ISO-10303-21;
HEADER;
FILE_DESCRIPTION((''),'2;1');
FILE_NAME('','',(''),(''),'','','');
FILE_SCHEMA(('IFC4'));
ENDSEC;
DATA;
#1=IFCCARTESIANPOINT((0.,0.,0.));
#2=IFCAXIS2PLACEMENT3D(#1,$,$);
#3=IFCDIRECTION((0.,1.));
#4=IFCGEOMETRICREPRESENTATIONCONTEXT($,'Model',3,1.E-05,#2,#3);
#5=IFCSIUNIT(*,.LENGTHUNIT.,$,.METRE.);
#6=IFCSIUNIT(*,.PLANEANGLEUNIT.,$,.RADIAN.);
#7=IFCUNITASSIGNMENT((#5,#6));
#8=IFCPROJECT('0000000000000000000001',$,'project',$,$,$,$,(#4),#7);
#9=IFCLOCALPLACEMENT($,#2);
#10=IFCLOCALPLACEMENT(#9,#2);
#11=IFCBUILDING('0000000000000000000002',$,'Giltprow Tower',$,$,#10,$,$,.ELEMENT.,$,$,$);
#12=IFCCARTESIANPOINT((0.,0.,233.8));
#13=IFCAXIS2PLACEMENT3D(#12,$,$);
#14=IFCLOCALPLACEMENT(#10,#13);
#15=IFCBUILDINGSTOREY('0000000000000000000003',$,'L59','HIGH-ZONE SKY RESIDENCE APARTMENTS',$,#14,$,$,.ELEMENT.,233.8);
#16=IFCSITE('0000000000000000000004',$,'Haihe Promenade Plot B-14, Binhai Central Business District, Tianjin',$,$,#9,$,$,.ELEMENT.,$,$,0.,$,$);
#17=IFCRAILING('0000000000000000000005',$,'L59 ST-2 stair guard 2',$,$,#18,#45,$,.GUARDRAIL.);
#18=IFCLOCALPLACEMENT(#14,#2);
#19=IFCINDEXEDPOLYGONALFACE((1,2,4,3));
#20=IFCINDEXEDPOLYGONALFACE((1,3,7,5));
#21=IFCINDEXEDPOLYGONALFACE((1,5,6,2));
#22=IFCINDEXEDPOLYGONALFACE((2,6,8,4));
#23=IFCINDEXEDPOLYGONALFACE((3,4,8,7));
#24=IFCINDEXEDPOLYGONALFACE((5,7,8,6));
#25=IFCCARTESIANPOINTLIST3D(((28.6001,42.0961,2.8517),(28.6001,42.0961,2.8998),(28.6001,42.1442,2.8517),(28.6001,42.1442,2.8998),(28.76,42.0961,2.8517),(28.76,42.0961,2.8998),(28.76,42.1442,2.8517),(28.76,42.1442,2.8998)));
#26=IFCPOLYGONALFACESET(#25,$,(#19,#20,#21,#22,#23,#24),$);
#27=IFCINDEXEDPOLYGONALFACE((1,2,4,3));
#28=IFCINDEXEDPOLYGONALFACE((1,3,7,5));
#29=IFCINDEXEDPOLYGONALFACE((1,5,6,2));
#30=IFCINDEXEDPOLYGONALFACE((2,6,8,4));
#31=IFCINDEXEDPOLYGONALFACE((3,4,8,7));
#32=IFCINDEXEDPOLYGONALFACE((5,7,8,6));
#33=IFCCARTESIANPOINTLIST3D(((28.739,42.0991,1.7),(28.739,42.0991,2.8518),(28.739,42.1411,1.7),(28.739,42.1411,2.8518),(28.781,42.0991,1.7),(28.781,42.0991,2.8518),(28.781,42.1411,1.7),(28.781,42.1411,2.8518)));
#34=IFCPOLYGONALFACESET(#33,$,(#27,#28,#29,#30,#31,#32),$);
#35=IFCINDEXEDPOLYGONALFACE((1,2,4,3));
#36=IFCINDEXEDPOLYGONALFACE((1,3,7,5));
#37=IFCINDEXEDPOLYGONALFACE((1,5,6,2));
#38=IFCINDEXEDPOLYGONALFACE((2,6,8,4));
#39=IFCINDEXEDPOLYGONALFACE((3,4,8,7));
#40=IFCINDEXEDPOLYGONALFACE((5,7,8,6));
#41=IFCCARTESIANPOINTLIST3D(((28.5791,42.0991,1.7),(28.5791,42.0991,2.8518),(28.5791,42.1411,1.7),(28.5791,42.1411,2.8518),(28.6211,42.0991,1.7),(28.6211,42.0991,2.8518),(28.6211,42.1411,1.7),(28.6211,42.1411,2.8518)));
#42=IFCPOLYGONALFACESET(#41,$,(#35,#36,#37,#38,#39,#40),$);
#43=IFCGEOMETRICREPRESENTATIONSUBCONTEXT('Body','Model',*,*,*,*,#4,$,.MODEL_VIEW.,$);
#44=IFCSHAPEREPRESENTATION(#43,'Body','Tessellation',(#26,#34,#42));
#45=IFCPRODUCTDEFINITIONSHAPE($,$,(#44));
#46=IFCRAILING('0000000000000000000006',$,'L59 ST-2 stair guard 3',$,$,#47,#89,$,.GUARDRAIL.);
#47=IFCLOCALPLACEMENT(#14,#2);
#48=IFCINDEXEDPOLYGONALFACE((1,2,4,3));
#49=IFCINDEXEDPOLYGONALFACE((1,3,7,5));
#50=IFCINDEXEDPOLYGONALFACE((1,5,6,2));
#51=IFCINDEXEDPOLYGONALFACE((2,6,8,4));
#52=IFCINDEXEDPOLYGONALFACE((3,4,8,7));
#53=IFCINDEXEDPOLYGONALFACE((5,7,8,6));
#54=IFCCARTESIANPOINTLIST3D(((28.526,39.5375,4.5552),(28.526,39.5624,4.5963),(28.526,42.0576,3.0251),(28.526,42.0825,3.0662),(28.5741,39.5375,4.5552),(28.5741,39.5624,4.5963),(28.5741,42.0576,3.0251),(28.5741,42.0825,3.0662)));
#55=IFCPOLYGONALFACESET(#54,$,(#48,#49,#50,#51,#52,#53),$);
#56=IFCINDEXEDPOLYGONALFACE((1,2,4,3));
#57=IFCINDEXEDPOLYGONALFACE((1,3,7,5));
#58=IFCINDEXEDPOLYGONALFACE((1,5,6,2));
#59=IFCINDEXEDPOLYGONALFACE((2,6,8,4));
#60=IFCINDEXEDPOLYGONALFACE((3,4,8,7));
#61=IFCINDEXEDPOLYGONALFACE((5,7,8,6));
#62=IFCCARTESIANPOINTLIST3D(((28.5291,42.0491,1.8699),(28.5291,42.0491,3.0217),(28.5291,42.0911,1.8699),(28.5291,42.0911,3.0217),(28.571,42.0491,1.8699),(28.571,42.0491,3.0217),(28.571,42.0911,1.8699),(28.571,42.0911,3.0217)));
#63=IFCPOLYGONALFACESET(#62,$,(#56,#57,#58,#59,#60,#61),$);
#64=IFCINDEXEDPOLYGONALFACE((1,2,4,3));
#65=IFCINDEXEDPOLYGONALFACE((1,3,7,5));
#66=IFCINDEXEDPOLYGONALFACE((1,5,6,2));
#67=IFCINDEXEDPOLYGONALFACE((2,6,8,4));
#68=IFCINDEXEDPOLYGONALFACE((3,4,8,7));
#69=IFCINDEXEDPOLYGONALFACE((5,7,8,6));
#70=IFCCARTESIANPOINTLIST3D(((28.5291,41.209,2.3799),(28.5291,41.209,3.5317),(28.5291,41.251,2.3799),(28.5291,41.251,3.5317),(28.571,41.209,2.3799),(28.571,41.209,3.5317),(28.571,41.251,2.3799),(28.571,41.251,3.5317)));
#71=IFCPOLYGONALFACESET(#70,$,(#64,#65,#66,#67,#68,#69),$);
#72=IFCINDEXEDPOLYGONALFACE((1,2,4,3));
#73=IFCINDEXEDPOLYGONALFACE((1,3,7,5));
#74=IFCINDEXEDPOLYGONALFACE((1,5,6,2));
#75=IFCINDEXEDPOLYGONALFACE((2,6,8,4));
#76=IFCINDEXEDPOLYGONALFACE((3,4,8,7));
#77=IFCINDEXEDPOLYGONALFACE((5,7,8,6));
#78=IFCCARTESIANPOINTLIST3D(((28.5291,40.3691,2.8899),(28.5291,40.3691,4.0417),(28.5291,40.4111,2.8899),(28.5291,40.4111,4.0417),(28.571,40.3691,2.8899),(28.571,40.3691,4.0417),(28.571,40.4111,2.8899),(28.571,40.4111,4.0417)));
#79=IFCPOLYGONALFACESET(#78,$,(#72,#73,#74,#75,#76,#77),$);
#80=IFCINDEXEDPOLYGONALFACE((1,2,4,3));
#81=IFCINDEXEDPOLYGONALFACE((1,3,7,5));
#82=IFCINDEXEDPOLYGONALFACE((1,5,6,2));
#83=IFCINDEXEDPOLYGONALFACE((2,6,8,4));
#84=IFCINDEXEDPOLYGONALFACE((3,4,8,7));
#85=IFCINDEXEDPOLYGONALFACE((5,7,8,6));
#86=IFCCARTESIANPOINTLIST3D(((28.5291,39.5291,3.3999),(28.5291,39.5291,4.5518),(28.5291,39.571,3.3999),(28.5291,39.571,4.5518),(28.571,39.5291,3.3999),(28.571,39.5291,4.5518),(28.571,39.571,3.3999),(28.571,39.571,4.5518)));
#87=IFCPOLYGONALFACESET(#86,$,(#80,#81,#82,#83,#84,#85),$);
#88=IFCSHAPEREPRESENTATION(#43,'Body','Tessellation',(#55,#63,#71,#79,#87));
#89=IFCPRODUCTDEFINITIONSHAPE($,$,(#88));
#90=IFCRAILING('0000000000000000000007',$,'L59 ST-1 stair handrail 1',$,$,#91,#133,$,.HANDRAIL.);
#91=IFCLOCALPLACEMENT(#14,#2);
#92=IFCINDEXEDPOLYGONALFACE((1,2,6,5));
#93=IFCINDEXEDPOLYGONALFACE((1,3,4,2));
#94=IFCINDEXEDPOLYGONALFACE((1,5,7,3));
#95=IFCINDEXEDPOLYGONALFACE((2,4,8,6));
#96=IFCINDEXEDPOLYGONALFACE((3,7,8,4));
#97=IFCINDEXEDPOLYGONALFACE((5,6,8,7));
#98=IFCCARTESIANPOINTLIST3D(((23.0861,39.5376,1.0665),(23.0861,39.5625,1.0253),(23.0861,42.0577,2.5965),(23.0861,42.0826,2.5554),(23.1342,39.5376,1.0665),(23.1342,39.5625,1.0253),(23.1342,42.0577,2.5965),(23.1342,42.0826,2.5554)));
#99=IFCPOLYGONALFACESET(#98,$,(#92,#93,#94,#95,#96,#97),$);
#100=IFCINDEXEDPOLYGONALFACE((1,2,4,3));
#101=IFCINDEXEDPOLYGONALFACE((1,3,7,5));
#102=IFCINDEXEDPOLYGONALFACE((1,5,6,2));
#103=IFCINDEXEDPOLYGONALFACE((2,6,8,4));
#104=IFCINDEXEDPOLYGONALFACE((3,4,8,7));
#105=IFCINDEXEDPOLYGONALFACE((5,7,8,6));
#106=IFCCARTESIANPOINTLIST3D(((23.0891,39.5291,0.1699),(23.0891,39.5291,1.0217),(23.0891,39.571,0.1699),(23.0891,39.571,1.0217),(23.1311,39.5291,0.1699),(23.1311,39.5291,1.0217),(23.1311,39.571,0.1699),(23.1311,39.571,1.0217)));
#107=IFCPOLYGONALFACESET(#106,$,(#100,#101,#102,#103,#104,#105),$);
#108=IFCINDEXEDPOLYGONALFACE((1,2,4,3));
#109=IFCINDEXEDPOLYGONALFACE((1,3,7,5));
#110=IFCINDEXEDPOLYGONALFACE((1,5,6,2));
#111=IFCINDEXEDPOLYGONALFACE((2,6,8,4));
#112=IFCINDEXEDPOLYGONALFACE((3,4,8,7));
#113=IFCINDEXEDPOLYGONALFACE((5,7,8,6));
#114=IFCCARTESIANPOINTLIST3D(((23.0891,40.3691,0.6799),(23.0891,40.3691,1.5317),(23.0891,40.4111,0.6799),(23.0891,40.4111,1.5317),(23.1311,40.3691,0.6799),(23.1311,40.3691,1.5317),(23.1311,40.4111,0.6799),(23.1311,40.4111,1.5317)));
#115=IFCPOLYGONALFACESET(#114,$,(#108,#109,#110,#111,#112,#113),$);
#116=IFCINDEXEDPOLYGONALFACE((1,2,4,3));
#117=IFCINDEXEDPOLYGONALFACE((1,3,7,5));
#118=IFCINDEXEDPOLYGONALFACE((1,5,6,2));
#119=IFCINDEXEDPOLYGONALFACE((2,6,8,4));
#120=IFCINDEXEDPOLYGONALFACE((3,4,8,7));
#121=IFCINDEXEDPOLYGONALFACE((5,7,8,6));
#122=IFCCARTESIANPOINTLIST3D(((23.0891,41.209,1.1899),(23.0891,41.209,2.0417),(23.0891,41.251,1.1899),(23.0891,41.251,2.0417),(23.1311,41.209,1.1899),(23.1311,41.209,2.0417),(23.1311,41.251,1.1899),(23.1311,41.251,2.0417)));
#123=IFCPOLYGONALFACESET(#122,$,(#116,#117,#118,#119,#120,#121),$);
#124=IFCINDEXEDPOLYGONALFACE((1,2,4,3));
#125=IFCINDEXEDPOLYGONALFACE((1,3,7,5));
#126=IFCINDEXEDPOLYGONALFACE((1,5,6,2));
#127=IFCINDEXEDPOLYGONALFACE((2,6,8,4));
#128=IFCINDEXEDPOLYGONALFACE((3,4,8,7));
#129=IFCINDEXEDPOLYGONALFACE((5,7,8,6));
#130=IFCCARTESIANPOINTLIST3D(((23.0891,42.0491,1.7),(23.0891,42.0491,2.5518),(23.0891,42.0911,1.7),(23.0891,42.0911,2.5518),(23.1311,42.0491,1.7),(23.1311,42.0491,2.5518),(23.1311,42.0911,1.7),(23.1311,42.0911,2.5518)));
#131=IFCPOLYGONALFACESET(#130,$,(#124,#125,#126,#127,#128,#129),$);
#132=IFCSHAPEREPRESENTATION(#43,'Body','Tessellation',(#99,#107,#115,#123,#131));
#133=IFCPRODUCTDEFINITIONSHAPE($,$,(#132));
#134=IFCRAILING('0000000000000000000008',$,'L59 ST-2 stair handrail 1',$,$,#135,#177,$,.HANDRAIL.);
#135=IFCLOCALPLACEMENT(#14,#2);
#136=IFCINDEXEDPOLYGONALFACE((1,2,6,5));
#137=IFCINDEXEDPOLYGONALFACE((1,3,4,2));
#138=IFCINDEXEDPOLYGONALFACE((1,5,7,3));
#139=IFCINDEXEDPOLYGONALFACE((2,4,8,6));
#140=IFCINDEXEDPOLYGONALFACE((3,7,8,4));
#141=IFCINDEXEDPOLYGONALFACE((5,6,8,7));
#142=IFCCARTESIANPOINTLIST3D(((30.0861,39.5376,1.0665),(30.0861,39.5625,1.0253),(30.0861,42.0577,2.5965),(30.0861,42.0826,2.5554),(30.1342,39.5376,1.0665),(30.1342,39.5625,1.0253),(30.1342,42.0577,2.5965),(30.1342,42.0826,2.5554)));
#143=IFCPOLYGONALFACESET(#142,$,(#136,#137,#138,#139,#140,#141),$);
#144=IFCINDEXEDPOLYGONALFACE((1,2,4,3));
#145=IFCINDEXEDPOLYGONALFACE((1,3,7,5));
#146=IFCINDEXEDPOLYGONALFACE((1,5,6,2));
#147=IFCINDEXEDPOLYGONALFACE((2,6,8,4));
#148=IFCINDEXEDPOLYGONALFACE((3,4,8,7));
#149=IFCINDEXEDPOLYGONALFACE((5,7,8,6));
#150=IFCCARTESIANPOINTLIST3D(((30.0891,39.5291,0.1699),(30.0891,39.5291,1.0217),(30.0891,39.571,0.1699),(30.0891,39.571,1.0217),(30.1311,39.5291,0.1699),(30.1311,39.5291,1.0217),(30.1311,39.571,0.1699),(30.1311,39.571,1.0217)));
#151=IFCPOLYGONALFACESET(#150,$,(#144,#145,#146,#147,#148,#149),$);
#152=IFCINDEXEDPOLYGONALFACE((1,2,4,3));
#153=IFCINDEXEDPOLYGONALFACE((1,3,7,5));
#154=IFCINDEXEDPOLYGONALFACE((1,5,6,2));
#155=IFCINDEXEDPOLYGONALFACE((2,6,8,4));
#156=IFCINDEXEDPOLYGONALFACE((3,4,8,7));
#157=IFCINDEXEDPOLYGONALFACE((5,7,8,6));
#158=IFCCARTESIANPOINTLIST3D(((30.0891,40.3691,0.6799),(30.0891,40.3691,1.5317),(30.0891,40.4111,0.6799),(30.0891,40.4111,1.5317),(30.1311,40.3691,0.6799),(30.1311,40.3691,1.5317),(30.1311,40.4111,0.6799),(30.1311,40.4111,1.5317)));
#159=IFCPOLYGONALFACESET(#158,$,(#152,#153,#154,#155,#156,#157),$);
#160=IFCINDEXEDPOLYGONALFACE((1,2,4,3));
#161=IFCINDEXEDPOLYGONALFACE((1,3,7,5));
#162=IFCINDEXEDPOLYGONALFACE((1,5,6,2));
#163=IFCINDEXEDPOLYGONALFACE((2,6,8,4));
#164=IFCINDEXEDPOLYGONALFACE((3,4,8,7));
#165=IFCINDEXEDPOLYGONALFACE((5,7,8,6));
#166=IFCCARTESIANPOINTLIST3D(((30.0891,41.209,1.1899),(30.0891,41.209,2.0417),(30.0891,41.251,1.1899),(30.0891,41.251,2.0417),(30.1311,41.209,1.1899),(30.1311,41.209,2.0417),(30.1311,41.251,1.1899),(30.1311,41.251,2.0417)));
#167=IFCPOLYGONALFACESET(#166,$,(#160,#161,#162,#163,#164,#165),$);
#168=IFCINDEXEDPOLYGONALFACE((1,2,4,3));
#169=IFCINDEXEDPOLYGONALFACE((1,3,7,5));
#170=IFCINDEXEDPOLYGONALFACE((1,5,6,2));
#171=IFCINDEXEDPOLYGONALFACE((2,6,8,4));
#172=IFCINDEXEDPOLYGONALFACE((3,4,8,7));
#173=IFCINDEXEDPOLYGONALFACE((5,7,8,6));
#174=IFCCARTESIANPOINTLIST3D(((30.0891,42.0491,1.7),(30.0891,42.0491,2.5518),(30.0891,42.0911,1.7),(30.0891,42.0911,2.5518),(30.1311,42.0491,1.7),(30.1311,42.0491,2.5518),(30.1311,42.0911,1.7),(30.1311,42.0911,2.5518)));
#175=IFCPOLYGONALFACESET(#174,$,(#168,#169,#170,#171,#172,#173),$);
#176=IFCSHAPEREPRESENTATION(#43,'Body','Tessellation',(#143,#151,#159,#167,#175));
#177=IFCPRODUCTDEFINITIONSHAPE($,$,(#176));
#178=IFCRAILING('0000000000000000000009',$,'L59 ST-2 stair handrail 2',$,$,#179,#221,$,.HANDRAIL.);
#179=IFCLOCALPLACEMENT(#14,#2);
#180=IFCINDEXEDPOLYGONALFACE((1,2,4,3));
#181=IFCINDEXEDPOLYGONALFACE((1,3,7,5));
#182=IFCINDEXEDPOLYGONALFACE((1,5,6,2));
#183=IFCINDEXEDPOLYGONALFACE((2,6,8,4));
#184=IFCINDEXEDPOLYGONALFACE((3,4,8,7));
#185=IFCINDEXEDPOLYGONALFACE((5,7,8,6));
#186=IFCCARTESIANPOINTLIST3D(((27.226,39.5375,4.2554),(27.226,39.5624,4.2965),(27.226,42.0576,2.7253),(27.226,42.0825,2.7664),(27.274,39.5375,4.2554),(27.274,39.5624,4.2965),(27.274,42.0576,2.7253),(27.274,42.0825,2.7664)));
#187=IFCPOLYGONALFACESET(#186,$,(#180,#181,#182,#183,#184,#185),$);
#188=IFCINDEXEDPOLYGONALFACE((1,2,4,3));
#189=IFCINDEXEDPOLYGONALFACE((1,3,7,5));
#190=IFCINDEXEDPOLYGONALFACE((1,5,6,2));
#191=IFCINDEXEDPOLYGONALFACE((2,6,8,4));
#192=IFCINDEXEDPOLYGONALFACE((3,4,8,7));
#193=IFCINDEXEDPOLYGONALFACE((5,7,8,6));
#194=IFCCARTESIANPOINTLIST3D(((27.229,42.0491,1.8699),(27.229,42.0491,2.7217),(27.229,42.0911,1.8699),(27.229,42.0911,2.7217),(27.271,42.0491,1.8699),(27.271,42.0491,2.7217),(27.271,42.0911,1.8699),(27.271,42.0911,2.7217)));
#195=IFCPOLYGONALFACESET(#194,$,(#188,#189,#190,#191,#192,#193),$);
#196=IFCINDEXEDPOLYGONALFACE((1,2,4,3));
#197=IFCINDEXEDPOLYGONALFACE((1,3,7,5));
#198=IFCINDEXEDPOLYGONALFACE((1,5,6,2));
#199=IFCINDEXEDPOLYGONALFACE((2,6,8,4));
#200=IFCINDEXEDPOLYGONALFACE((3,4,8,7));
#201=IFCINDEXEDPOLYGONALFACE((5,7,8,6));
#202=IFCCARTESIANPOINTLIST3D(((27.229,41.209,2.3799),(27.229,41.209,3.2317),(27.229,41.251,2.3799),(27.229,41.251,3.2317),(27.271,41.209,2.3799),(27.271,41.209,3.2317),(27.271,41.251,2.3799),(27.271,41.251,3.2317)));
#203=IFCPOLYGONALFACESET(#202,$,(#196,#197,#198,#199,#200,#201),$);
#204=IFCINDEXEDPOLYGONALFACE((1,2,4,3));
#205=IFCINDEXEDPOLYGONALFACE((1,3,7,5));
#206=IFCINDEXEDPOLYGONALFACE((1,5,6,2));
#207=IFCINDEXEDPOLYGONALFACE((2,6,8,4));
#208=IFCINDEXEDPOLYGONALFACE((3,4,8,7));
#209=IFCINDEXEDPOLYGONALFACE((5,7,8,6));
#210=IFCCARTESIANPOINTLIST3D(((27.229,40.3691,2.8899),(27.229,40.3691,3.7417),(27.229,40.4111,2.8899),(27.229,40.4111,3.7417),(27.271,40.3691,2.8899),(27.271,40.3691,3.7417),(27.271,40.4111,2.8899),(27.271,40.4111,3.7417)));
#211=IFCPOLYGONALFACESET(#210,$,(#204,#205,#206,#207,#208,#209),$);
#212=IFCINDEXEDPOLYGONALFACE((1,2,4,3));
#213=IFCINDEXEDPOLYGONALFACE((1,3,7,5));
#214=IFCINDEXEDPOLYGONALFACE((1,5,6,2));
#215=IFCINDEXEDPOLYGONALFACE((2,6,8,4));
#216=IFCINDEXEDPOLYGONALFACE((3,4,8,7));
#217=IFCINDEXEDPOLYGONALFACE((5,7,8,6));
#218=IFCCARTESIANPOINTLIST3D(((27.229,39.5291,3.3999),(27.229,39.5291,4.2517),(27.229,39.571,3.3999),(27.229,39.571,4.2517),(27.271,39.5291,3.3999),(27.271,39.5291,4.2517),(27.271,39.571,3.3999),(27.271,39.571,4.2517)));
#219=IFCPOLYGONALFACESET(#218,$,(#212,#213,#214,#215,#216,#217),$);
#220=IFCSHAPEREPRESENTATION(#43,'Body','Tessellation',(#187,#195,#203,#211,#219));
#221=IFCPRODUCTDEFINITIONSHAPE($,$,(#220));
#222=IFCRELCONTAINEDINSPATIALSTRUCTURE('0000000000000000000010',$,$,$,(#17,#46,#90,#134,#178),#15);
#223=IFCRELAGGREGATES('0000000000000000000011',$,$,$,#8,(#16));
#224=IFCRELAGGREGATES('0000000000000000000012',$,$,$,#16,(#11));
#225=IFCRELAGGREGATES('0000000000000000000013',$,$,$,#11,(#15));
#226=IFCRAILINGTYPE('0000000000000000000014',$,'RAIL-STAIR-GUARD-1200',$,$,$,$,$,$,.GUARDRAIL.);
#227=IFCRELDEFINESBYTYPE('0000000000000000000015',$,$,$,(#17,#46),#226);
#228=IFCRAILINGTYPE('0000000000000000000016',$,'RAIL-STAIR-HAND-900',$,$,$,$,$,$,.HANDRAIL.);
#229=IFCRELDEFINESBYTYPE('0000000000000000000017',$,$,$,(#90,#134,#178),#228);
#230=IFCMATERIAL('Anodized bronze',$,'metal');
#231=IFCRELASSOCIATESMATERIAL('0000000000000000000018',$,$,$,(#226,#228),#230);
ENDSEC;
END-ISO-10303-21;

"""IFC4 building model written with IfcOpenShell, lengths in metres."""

from ifc_helpers import new_model, si_unit, direction, frame, origin, origin_2d, place, context, subcontext, project, spatial, rectangle, extrude, material, type_object, element, save


model = new_model("IFC4")

# Units and contexts
model_context = context("Model", 3, precision=1e-05, world=origin(), true_north=direction((0.0, 1.0)))
body_context = subcontext(model_context, "Body", "Model", "MODEL_VIEW")
ifc_project = project(units=[si_unit("LENGTHUNIT", "METRE"), si_unit("PLANEANGLEUNIT", "RADIAN")], contexts=[model_context])

# Site, building, storey
site_placement = place(None, origin())
site = spatial("IfcSite", under=ifc_project, at=site_placement, Name="Haihe Promenade Plot B-14, Binhai Central Business District, Tianjin", CompositionType="ELEMENT", RefElevation=0.0)
building_placement = place(site_placement, origin())
building = spatial("IfcBuilding", under=site, at=building_placement, Name="Giltprow Tower", CompositionType="ELEMENT")
storey_placement = place(building_placement, frame((0.0, 0.0, 233.8)))
storey = spatial("IfcBuildingStorey", under=building, at=storey_placement, Name="L59", Description="HIGH-ZONE SKY RESIDENCE APARTMENTS", CompositionType="ELEMENT", Elevation=233.8)

# Railings
ifc_material_1 = material(Name="Anodized bronze", Category="metal")
railing_type_1 = type_object("IfcRailingType", Name="RAIL-STAIR-GUARD-1200", PredefinedType="GUARDRAIL", material=ifc_material_1)
railing_1_placement = place(storey_placement, frame((28.76, 42.1201, 1.7)))
element("IfcRailing", 1, at=railing_1_placement, inside=storey, type_object=railing_type_1, Name="L59 ST-2 stair guard 2", PredefinedType="GUARDRAIL", context=body_context, shape_type="SweptSolid", body=[
    extrude(rectangle(XDim=0.0481, YDim=0.0481, at=origin_2d()), frame((0.0, 0.0, 1.1758), z_axis=(-1.0, 0.0, 0.0), x_axis=(0.0, -1.0, 0.0)), (0.0, 0.0, 1.0), 0.1599),
    extrude(rectangle(XDim=0.042, YDim=0.042, at=origin_2d()), origin(), (0.0, 0.0, 1.0), 1.1519),
    extrude(rectangle(XDim=0.042, YDim=0.042, at=origin_2d()), frame((-0.1599, 0.0, 0.0)), (0.0, 0.0, 1.0), 1.1519),
])
railing_2_placement = place(storey_placement, frame((28.55, 42.0701, 1.8699)))
element("IfcRailing", 2, at=railing_2_placement, inside=storey, type_object=railing_type_1, Name="L59 ST-2 stair guard 3", PredefinedType="GUARDRAIL", context=body_context, shape_type="SweptSolid", body=[
    extrude(rectangle(XDim=0.0481, YDim=0.0481, at=origin_2d()), frame((0.0, 0.0, 1.1758), z_axis=(0.0, -0.854785, 0.518982), x_axis=(1.0, 0.0, 0.0)), (0.0, 0.0, 1.0), 2.9482),
    extrude(rectangle(XDim=0.042, YDim=0.042, at=origin_2d()), origin(), (0.0, 0.0, 1.0), 1.1519),
    extrude(rectangle(XDim=0.042, YDim=0.042, at=origin_2d()), frame((0.0, -0.8401, 0.51)), (0.0, 0.0, 1.0), 1.1519),
    extrude(rectangle(XDim=0.042, YDim=0.042, at=origin_2d()), frame((0.0, -1.6799, 1.02)), (0.0, 0.0, 1.0), 1.1519),
    extrude(rectangle(XDim=0.042, YDim=0.042, at=origin_2d()), frame((0.0, -2.52, 1.53)), (0.0, 0.0, 1.0), 1.1519),
])
railing_type_2 = type_object("IfcRailingType", Name="RAIL-STAIR-HAND-900", PredefinedType="HANDRAIL", material=ifc_material_1)
for number, where, name in (
    (3, (23.1101, 39.55, 0.1699), "L59 ST-1 stair handrail 1"),
    (4, (30.1101, 39.55, 0.1699), "L59 ST-2 stair handrail 1"),
):
    element("IfcRailing", number, at=place(storey_placement, frame(where)), inside=storey, type_object=railing_type_2, Name=name, PredefinedType="HANDRAIL", context=body_context, shape_type="SweptSolid", body=[
        extrude(rectangle(XDim=0.0481, YDim=0.0481, at=origin_2d()), frame((0.0, 0.0, 0.876), z_axis=(0.0, 0.854785, 0.518982), x_axis=(-1.0, 0.0, 0.0)), (0.0, 0.0, 1.0), 2.9482),
        extrude(rectangle(XDim=0.042, YDim=0.042, at=origin_2d()), origin(), (0.0, 0.0, 1.0), 0.8518),
        extrude(rectangle(XDim=0.042, YDim=0.042, at=origin_2d()), frame((0.0, 0.8401, 0.51)), (0.0, 0.0, 1.0), 0.8518),
        extrude(rectangle(XDim=0.042, YDim=0.042, at=origin_2d()), frame((0.0, 1.6799, 1.02)), (0.0, 0.0, 1.0), 0.8518),
        extrude(rectangle(XDim=0.042, YDim=0.042, at=origin_2d()), frame((0.0, 2.52, 1.53)), (0.0, 0.0, 1.0), 0.8518),
    ])
railing_3_placement = place(storey_placement, frame((27.25, 42.0701, 1.8699)))
element("IfcRailing", 5, at=railing_3_placement, inside=storey, type_object=railing_type_2, Name="L59 ST-2 stair handrail 2", PredefinedType="HANDRAIL", context=body_context, shape_type="SweptSolid", body=[
    extrude(rectangle(XDim=0.0481, YDim=0.0481, at=origin_2d()), frame((0.0, 0.0, 0.876), z_axis=(0.0, -0.854785, 0.518982), x_axis=(1.0, 0.0, 0.0)), (0.0, 0.0, 1.0), 2.9482),
    extrude(rectangle(XDim=0.042, YDim=0.042, at=origin_2d()), origin(), (0.0, 0.0, 1.0), 0.8518),
    extrude(rectangle(XDim=0.042, YDim=0.042, at=origin_2d()), frame((0.0, -0.8401, 0.51)), (0.0, 0.0, 1.0), 0.8518),
    extrude(rectangle(XDim=0.042, YDim=0.042, at=origin_2d()), frame((0.0, -1.6799, 1.02)), (0.0, 0.0, 1.0), 0.8518),
    extrude(rectangle(XDim=0.042, YDim=0.042, at=origin_2d()), frame((0.0, -2.52, 1.53)), (0.0, 0.0, 1.0), 0.8518),
])

save(model, "model.ifc")
